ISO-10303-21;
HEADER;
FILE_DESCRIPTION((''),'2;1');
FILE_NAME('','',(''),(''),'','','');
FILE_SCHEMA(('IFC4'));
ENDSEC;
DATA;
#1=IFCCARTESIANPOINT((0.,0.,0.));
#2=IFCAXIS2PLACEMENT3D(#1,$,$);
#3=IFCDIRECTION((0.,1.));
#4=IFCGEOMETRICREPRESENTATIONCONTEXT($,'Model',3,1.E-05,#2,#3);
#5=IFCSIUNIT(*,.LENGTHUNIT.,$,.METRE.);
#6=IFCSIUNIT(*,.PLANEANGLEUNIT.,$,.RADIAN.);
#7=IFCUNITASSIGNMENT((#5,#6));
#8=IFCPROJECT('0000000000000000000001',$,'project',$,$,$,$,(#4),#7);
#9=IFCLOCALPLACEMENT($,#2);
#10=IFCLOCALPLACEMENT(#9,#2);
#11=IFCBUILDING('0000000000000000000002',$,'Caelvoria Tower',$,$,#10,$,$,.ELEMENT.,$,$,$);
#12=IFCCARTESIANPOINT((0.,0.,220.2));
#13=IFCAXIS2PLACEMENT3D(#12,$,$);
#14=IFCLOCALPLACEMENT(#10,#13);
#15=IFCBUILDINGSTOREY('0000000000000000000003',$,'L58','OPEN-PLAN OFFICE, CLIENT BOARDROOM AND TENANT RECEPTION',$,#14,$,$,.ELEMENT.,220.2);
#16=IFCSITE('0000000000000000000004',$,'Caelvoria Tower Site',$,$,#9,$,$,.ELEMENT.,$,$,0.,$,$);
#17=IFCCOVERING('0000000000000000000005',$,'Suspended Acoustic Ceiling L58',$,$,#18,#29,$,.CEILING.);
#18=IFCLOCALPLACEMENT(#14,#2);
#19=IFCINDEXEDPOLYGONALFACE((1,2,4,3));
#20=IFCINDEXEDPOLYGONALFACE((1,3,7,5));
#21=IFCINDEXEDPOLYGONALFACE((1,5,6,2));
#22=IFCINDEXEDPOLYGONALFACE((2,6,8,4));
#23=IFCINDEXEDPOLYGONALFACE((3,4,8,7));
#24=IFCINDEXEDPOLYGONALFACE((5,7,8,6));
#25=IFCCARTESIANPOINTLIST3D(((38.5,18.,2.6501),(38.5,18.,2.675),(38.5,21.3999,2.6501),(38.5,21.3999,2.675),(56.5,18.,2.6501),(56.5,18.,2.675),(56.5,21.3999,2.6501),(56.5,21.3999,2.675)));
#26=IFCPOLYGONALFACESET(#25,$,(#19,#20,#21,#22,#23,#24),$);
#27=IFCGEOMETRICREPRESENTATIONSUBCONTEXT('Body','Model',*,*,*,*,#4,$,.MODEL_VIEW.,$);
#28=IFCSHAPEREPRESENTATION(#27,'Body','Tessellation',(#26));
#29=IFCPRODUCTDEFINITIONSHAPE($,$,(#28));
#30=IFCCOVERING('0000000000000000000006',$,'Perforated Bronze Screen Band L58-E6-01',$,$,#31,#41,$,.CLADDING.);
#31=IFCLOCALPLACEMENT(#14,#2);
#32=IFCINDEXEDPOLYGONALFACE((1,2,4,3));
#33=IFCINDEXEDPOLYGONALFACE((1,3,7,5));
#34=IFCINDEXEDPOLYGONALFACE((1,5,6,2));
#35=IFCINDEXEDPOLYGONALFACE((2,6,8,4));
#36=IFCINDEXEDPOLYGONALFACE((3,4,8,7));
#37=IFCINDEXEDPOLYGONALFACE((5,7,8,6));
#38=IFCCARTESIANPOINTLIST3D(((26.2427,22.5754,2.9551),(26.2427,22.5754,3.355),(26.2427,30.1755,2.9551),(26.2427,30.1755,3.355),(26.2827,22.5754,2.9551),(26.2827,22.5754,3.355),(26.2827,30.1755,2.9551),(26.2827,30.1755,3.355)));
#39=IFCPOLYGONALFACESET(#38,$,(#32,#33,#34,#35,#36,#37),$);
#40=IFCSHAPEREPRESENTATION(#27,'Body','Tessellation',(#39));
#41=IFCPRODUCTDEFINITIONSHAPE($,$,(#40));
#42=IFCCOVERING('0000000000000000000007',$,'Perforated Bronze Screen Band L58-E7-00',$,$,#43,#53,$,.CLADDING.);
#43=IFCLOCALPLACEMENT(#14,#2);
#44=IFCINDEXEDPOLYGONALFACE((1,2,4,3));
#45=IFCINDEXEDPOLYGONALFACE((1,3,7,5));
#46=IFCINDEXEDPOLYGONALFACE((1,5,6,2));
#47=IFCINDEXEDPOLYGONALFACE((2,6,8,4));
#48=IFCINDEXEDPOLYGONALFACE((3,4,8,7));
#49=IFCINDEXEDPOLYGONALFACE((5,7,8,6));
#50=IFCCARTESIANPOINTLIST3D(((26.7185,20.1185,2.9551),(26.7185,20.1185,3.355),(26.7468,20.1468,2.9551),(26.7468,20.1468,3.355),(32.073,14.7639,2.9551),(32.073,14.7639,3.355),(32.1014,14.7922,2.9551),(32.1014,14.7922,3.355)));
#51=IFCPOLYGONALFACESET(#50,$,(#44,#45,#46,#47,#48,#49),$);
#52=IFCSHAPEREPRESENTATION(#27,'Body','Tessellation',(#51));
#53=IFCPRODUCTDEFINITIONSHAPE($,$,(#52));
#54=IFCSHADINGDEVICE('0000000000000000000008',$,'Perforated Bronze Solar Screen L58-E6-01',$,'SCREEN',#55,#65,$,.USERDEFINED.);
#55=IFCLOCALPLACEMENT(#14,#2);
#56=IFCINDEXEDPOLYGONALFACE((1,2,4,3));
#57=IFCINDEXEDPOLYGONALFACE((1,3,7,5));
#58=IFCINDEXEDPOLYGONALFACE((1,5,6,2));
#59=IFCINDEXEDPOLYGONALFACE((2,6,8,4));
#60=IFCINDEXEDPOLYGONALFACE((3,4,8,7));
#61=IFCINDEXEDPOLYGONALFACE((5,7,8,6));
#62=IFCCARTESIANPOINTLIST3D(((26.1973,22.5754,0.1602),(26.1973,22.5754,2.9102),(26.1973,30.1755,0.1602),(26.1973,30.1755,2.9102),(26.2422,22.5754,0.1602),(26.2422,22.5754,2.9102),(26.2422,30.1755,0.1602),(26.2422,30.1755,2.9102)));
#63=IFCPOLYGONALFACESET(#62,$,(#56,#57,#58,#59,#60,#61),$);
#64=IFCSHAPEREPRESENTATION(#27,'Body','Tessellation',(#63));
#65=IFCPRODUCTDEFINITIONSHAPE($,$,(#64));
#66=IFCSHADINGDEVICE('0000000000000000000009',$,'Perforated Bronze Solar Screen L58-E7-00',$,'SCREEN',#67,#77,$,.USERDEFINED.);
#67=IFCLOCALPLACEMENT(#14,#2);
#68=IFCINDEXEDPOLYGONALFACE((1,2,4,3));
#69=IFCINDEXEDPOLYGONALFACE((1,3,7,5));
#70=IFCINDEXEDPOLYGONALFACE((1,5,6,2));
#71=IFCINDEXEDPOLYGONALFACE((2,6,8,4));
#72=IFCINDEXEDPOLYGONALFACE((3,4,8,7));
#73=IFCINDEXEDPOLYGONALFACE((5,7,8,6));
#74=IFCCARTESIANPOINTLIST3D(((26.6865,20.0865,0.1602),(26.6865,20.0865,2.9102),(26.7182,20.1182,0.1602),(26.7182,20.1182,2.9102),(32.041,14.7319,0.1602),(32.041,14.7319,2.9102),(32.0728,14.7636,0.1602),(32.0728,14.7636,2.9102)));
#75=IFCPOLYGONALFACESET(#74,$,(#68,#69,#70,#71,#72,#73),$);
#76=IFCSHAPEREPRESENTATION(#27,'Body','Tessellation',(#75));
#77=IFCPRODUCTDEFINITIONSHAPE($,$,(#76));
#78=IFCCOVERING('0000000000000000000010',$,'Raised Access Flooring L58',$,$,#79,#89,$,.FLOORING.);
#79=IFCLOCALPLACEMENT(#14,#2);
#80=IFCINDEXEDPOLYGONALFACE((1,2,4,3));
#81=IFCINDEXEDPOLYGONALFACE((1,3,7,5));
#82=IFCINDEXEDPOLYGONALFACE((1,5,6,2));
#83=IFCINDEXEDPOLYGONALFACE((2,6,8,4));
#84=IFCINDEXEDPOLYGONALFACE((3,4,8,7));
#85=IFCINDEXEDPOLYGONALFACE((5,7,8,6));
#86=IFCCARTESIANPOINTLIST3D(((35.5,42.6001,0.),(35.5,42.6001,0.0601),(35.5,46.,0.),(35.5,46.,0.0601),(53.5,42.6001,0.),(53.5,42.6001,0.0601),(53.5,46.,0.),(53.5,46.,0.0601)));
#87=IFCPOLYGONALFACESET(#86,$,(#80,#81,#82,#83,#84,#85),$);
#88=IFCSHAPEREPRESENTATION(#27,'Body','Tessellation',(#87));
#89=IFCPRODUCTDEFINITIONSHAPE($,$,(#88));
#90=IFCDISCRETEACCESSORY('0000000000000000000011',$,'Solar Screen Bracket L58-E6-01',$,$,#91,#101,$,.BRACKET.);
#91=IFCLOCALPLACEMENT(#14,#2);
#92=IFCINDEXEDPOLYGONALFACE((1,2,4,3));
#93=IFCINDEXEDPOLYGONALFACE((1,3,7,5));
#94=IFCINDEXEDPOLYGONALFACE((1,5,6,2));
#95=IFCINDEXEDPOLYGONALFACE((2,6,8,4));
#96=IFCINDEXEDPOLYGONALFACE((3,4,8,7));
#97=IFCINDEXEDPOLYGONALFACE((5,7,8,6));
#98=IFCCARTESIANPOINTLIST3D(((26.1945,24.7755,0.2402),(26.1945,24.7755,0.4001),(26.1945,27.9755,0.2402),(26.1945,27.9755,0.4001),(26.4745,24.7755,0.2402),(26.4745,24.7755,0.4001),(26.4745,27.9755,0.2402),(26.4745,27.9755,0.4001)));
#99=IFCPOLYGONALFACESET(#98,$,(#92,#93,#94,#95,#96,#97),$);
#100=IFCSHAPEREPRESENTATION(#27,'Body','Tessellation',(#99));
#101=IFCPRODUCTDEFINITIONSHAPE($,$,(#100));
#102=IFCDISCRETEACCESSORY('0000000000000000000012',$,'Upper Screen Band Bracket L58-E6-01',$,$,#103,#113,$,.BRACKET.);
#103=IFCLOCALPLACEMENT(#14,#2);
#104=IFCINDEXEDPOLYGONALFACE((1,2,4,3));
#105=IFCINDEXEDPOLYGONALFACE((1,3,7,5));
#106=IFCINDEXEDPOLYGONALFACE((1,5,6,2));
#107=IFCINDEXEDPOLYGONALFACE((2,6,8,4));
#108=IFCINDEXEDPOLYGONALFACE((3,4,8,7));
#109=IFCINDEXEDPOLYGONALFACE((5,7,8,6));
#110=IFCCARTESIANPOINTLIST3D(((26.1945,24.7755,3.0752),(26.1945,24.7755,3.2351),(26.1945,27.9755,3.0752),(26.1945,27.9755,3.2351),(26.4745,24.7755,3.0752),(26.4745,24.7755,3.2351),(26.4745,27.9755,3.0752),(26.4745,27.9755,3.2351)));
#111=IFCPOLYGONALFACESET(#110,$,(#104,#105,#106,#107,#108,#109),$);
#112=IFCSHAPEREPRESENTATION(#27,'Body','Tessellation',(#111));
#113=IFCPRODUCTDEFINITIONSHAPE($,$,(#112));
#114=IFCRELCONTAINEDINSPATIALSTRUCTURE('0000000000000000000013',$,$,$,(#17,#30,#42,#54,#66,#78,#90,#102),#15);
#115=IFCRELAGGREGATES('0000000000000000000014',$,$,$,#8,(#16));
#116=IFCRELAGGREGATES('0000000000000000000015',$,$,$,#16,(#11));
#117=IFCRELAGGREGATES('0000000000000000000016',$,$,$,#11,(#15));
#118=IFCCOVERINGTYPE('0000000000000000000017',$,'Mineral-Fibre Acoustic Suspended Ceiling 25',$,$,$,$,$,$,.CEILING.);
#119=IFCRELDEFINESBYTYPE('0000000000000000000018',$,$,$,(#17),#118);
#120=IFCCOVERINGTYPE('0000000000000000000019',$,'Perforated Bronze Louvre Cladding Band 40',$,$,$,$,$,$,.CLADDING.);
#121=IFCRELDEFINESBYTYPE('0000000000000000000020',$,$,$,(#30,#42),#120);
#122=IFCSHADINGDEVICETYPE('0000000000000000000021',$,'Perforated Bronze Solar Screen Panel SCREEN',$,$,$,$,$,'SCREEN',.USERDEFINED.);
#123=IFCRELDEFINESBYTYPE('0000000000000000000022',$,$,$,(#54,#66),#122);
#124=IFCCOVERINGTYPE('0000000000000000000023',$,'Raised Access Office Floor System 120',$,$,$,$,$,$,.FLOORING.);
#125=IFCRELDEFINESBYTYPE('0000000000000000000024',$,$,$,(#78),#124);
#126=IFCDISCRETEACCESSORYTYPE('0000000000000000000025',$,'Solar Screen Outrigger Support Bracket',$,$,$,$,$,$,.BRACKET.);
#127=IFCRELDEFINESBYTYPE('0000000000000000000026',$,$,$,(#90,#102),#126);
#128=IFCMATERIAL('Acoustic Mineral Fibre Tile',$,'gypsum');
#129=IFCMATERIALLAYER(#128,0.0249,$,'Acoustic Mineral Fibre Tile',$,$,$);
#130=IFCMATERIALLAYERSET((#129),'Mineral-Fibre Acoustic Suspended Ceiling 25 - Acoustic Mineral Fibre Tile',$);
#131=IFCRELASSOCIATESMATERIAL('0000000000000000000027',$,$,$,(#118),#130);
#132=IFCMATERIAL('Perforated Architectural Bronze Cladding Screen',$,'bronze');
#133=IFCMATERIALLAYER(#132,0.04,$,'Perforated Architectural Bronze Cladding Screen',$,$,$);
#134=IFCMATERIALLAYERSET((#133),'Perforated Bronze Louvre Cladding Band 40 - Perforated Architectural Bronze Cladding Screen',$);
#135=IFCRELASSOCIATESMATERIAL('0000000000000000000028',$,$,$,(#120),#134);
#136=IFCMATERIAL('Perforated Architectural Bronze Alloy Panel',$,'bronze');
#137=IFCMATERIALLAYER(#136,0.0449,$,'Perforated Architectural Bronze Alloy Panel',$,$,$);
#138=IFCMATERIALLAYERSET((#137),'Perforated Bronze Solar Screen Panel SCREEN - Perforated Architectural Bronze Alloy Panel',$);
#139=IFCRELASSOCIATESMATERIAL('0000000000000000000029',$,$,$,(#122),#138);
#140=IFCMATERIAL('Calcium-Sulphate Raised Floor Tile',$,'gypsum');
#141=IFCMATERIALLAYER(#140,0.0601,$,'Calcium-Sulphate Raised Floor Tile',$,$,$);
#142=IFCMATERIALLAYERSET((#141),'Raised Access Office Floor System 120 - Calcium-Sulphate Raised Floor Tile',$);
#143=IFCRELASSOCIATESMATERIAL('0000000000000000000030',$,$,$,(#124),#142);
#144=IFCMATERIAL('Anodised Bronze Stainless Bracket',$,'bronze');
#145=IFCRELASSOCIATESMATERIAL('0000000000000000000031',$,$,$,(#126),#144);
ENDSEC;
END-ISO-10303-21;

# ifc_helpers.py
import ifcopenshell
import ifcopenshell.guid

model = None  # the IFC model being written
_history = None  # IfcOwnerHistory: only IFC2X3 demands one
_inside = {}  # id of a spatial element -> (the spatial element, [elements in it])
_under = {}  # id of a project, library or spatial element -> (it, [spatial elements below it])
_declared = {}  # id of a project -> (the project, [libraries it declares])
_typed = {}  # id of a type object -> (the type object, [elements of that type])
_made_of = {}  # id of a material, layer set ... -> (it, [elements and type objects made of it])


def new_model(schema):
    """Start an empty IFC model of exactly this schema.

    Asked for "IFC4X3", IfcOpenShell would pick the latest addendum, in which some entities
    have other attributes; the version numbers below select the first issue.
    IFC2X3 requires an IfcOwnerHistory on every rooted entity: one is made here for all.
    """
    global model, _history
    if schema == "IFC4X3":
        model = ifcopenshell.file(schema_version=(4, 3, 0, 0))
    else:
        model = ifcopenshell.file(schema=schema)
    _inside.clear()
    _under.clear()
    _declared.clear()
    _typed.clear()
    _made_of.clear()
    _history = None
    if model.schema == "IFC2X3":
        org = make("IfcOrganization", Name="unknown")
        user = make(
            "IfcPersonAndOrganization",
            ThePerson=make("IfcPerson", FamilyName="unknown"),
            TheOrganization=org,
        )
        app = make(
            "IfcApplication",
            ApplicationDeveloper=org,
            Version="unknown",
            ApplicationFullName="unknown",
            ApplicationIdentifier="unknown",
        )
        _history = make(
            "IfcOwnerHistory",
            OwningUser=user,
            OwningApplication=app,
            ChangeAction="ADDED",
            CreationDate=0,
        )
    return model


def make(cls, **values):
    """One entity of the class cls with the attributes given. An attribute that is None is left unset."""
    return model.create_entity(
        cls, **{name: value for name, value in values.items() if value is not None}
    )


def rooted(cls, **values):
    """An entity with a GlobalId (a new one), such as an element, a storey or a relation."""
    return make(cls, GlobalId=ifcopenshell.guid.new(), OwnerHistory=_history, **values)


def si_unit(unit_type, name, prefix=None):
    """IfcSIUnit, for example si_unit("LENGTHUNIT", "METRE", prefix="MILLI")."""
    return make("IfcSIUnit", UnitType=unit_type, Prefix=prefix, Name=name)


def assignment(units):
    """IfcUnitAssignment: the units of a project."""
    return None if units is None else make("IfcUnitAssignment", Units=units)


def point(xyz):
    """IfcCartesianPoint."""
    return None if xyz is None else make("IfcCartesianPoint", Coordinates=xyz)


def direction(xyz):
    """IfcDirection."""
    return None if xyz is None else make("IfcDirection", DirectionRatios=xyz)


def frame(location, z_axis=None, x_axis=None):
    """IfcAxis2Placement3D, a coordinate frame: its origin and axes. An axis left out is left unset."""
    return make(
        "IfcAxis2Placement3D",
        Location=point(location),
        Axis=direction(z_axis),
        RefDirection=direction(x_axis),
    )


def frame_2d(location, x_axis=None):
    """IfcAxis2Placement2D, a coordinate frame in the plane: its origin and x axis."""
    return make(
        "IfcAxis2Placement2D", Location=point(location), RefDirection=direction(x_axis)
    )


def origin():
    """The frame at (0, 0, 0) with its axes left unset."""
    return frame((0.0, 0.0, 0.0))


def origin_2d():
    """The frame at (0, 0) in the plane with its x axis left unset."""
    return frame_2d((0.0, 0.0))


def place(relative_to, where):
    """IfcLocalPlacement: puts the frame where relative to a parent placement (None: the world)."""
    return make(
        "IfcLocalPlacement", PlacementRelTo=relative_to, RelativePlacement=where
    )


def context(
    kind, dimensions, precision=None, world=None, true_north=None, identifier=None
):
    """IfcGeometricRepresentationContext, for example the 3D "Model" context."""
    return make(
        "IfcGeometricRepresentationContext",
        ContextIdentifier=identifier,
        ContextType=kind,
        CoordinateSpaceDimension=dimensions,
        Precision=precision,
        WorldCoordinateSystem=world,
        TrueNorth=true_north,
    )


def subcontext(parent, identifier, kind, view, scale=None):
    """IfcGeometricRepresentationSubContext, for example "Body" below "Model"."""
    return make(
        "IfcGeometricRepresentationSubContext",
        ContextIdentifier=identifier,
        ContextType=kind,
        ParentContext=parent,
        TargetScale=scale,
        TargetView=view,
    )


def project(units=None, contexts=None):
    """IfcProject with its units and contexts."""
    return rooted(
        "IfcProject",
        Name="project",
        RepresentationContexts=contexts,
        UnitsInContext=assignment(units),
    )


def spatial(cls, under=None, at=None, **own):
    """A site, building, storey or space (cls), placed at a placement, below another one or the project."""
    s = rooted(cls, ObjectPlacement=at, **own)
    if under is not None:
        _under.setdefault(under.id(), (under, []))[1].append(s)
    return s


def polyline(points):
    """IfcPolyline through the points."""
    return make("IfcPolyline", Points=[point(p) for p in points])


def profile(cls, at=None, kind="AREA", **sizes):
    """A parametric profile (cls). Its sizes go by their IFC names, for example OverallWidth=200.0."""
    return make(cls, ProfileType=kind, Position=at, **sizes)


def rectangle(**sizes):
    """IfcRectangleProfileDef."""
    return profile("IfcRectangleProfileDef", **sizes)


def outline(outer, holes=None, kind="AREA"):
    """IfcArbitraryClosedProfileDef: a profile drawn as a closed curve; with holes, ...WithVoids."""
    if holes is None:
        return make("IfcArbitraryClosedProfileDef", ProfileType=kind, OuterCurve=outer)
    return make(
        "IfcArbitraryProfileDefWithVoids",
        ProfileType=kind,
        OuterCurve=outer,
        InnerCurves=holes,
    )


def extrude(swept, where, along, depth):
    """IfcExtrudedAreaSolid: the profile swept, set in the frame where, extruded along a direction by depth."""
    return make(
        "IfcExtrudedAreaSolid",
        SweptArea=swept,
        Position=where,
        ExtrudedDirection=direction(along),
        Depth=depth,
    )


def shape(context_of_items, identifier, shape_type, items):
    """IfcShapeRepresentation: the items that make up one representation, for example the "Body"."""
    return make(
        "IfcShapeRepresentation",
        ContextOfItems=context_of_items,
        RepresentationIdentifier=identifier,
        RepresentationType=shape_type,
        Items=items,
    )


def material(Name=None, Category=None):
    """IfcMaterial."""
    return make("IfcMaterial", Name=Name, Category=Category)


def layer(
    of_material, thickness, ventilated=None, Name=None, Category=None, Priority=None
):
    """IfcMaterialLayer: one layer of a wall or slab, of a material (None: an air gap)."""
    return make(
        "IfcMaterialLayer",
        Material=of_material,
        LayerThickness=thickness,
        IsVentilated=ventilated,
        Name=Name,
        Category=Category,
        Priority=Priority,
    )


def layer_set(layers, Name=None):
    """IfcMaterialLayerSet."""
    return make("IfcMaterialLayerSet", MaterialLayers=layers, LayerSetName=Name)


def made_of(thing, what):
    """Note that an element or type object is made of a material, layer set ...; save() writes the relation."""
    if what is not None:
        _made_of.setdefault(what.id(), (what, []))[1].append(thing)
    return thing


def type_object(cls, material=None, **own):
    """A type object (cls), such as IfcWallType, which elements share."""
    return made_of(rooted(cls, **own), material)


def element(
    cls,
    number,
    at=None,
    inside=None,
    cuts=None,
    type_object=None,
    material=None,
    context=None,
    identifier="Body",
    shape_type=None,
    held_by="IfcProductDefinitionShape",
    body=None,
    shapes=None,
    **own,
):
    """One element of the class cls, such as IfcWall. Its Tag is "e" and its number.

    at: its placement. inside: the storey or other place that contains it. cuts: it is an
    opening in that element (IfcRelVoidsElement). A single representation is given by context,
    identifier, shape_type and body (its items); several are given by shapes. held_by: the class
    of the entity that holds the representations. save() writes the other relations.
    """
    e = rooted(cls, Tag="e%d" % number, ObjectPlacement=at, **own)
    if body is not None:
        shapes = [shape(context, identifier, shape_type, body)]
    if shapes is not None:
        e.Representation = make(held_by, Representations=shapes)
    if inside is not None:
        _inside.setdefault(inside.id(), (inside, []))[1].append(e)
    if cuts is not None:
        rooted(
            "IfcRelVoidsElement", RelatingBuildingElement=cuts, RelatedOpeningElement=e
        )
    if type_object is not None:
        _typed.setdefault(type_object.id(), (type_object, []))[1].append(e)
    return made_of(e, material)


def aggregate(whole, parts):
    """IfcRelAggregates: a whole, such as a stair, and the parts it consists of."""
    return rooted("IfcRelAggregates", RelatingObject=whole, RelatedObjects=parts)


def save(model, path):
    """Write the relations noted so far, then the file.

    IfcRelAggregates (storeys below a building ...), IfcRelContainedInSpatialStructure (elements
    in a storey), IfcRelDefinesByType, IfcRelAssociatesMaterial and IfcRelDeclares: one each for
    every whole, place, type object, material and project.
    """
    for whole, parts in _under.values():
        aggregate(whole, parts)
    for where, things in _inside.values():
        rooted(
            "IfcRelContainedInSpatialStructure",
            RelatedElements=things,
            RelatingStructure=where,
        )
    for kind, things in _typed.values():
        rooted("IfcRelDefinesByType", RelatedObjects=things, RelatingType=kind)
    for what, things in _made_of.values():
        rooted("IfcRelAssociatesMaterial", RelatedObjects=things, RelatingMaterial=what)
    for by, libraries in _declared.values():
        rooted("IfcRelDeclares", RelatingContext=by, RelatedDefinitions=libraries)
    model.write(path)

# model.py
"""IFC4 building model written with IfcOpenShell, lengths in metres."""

from ifc_helpers import new_model, si_unit, direction, frame, origin, origin_2d, place, context, subcontext, project, spatial, polyline, rectangle, outline, extrude, material, layer, layer_set, type_object, element, save


model = new_model("IFC4")

# Units and contexts
model_context = context("Model", 3, precision=1e-05, world=origin(), true_north=direction((0.0, 1.0)))
body_context = subcontext(model_context, "Body", "Model", "MODEL_VIEW")
ifc_project = project(units=[si_unit("LENGTHUNIT", "METRE"), si_unit("PLANEANGLEUNIT", "RADIAN")], contexts=[model_context])

# Site, building, storey
site_placement = place(None, origin())
site = spatial("IfcSite", under=ifc_project, at=site_placement, Name="Caelvoria Tower Site", CompositionType="ELEMENT", RefElevation=0.0)
building_placement = place(site_placement, origin())
building = spatial("IfcBuilding", under=site, at=building_placement, Name="Caelvoria Tower", CompositionType="ELEMENT")
storey_placement = place(building_placement, frame((0.0, 0.0, 220.2)))
storey = spatial("IfcBuildingStorey", under=building, at=storey_placement, Name="L58", Description="OPEN-PLAN OFFICE, CLIENT BOARDROOM AND TENANT RECEPTION", CompositionType="ELEMENT", Elevation=220.2)

# Coverings
ifc_material_1 = material(Name="Acoustic Mineral Fibre Tile", Category="gypsum")
ifc_layer_1 = layer(ifc_material_1, 0.0249, Name="Acoustic Mineral Fibre Tile")
ifc_layer_set_1 = layer_set([ifc_layer_1], Name="Mineral-Fibre Acoustic Suspended Ceiling 25 - Acoustic Mineral Fibre Tile")
covering_type_1 = type_object("IfcCoveringType", Name="Mineral-Fibre Acoustic Suspended Ceiling 25", PredefinedType="CEILING", material=ifc_layer_set_1)
covering_1_placement = place(storey_placement, frame((0.0, 0.0, 2.6501)))
element("IfcCovering", 1, at=covering_1_placement, inside=storey, type_object=covering_type_1, Name="Suspended Acoustic Ceiling L58", PredefinedType="CEILING", context=body_context, shape_type="SweptSolid", body=[
    extrude(outline(polyline([(38.5, 18.0), (56.5, 18.0), (56.5, 21.3999), (38.5, 21.3999), (38.5, 18.0)])), origin(), (0.0, 0.0, 1.0), 0.0249),
])
ifc_material_2 = material(Name="Perforated Architectural Bronze Cladding Screen", Category="bronze")
ifc_layer_2 = layer(ifc_material_2, 0.04, Name="Perforated Architectural Bronze Cladding Screen")
ifc_layer_set_2 = layer_set([ifc_layer_2], Name="Perforated Bronze Louvre Cladding Band 40 - Perforated Architectural Bronze Cladding Screen")
covering_type_2 = type_object("IfcCoveringType", Name="Perforated Bronze Louvre Cladding Band 40", PredefinedType="CLADDING", material=ifc_layer_set_2)
covering_2_placement = place(storey_placement, frame((26.2627, 26.3755, 2.9551), z_axis=(0.0, 0.0, 1.0), x_axis=(0.0, -1.0, 0.0)))
element("IfcCovering", 2, at=covering_2_placement, inside=storey, type_object=covering_type_2, Name="Perforated Bronze Screen Band L58-E6-01", PredefinedType="CLADDING", context=body_context, shape_type="SweptSolid", body=[
    extrude(rectangle(XDim=7.6001, YDim=0.04, at=origin_2d()), origin(), (0.0, 0.0, 1.0), 0.3999),
])
covering_3_placement = place(storey_placement, frame((29.4099, 17.4553, 2.9551), z_axis=(0.0, 0.0, 1.0), x_axis=(0.707107, -0.707107, 0.0)))
element("IfcCovering", 3, at=covering_3_placement, inside=storey, type_object=covering_type_2, Name="Perforated Bronze Screen Band L58-E7-00", PredefinedType="CLADDING", context=body_context, shape_type="SweptSolid", body=[
    extrude(rectangle(XDim=7.5725, YDim=0.04, at=origin_2d()), origin(), (0.0, 0.0, 1.0), 0.3999),
])

# Shading devices
ifc_material_3 = material(Name="Perforated Architectural Bronze Alloy Panel", Category="bronze")
ifc_layer_3 = layer(ifc_material_3, 0.0449, Name="Perforated Architectural Bronze Alloy Panel")
ifc_layer_set_3 = layer_set([ifc_layer_3], Name="Perforated Bronze Solar Screen Panel SCREEN - Perforated Architectural Bronze Alloy Panel")
shading_device_type = type_object("IfcShadingDeviceType", Name="Perforated Bronze Solar Screen Panel SCREEN", ElementType="SCREEN", PredefinedType="USERDEFINED", material=ifc_layer_set_3)
shading_device_1_placement = place(storey_placement, frame((26.2197, 26.3755, 0.1602), z_axis=(0.0, 0.0, 1.0), x_axis=(0.0, -1.0, 0.0)))
element("IfcShadingDevice", 4, at=shading_device_1_placement, inside=storey, type_object=shading_device_type, Name="Perforated Bronze Solar Screen L58-E6-01", ObjectType="SCREEN", PredefinedType="USERDEFINED", context=body_context, shape_type="SweptSolid", body=[
    extrude(rectangle(XDim=7.6001, YDim=0.0449, at=origin_2d()), origin(), (0.0, 0.0, 1.0), 2.75),
])
shading_device_2_placement = place(storey_placement, frame((29.3796, 17.425, 0.1602), z_axis=(0.0, 0.0, 1.0), x_axis=(0.707107, -0.707107, 0.0)))
element("IfcShadingDevice", 5, at=shading_device_2_placement, inside=storey, type_object=shading_device_type, Name="Perforated Bronze Solar Screen L58-E7-00", ObjectType="SCREEN", PredefinedType="USERDEFINED", context=body_context, shape_type="SweptSolid", body=[
    extrude(rectangle(XDim=7.5725, YDim=0.0449, at=origin_2d()), origin(), (0.0, 0.0, 1.0), 2.75),
])

# Covering
ifc_material_4 = material(Name="Calcium-Sulphate Raised Floor Tile", Category="gypsum")
ifc_layer_4 = layer(ifc_material_4, 0.0601, Name="Calcium-Sulphate Raised Floor Tile")
ifc_layer_set_4 = layer_set([ifc_layer_4], Name="Raised Access Office Floor System 120 - Calcium-Sulphate Raised Floor Tile")
covering_type_3 = type_object("IfcCoveringType", Name="Raised Access Office Floor System 120", PredefinedType="FLOORING", material=ifc_layer_set_4)
covering_4_placement = place(storey_placement, origin())
element("IfcCovering", 6, at=covering_4_placement, inside=storey, type_object=covering_type_3, Name="Raised Access Flooring L58", PredefinedType="FLOORING", context=body_context, shape_type="SweptSolid", body=[
    extrude(outline(polyline([(35.5, 42.6001), (53.5, 42.6001), (53.5, 46.0), (35.5, 46.0), (35.5, 42.6001)])), origin(), (0.0, 0.0, 1.0), 0.0601),
])

# Discrete accessories
ifc_material_5 = material(Name="Anodised Bronze Stainless Bracket", Category="bronze")
discrete_accessory_type = type_object("IfcDiscreteAccessoryType", Name="Solar Screen Outrigger Support Bracket", PredefinedType="BRACKET", material=ifc_material_5)
for number, where, z_axis, x_axis, name in (
    (7, (26.3345, 26.3755, 0.2402), (0.0, 0.0, 1.0), (0.0, -1.0, 0.0), "Solar Screen Bracket L58-E6-01"),
    (8, (26.3345, 26.3755, 3.0752), (0.0, 0.0, 1.0), (0.0, -1.0, 0.0), "Upper Screen Band Bracket L58-E6-01"),
):
    element("IfcDiscreteAccessory", number, at=place(storey_placement, frame(where, z_axis=z_axis, x_axis=x_axis)), inside=storey, type_object=discrete_accessory_type, Name=name, PredefinedType="BRACKET", context=body_context, shape_type="SweptSolid", body=[
        extrude(rectangle(XDim=3.2, YDim=0.28, at=origin_2d()), origin(), (0.0, 0.0, 1.0), 0.1599),
    ])

save(model, "model.ifc")
